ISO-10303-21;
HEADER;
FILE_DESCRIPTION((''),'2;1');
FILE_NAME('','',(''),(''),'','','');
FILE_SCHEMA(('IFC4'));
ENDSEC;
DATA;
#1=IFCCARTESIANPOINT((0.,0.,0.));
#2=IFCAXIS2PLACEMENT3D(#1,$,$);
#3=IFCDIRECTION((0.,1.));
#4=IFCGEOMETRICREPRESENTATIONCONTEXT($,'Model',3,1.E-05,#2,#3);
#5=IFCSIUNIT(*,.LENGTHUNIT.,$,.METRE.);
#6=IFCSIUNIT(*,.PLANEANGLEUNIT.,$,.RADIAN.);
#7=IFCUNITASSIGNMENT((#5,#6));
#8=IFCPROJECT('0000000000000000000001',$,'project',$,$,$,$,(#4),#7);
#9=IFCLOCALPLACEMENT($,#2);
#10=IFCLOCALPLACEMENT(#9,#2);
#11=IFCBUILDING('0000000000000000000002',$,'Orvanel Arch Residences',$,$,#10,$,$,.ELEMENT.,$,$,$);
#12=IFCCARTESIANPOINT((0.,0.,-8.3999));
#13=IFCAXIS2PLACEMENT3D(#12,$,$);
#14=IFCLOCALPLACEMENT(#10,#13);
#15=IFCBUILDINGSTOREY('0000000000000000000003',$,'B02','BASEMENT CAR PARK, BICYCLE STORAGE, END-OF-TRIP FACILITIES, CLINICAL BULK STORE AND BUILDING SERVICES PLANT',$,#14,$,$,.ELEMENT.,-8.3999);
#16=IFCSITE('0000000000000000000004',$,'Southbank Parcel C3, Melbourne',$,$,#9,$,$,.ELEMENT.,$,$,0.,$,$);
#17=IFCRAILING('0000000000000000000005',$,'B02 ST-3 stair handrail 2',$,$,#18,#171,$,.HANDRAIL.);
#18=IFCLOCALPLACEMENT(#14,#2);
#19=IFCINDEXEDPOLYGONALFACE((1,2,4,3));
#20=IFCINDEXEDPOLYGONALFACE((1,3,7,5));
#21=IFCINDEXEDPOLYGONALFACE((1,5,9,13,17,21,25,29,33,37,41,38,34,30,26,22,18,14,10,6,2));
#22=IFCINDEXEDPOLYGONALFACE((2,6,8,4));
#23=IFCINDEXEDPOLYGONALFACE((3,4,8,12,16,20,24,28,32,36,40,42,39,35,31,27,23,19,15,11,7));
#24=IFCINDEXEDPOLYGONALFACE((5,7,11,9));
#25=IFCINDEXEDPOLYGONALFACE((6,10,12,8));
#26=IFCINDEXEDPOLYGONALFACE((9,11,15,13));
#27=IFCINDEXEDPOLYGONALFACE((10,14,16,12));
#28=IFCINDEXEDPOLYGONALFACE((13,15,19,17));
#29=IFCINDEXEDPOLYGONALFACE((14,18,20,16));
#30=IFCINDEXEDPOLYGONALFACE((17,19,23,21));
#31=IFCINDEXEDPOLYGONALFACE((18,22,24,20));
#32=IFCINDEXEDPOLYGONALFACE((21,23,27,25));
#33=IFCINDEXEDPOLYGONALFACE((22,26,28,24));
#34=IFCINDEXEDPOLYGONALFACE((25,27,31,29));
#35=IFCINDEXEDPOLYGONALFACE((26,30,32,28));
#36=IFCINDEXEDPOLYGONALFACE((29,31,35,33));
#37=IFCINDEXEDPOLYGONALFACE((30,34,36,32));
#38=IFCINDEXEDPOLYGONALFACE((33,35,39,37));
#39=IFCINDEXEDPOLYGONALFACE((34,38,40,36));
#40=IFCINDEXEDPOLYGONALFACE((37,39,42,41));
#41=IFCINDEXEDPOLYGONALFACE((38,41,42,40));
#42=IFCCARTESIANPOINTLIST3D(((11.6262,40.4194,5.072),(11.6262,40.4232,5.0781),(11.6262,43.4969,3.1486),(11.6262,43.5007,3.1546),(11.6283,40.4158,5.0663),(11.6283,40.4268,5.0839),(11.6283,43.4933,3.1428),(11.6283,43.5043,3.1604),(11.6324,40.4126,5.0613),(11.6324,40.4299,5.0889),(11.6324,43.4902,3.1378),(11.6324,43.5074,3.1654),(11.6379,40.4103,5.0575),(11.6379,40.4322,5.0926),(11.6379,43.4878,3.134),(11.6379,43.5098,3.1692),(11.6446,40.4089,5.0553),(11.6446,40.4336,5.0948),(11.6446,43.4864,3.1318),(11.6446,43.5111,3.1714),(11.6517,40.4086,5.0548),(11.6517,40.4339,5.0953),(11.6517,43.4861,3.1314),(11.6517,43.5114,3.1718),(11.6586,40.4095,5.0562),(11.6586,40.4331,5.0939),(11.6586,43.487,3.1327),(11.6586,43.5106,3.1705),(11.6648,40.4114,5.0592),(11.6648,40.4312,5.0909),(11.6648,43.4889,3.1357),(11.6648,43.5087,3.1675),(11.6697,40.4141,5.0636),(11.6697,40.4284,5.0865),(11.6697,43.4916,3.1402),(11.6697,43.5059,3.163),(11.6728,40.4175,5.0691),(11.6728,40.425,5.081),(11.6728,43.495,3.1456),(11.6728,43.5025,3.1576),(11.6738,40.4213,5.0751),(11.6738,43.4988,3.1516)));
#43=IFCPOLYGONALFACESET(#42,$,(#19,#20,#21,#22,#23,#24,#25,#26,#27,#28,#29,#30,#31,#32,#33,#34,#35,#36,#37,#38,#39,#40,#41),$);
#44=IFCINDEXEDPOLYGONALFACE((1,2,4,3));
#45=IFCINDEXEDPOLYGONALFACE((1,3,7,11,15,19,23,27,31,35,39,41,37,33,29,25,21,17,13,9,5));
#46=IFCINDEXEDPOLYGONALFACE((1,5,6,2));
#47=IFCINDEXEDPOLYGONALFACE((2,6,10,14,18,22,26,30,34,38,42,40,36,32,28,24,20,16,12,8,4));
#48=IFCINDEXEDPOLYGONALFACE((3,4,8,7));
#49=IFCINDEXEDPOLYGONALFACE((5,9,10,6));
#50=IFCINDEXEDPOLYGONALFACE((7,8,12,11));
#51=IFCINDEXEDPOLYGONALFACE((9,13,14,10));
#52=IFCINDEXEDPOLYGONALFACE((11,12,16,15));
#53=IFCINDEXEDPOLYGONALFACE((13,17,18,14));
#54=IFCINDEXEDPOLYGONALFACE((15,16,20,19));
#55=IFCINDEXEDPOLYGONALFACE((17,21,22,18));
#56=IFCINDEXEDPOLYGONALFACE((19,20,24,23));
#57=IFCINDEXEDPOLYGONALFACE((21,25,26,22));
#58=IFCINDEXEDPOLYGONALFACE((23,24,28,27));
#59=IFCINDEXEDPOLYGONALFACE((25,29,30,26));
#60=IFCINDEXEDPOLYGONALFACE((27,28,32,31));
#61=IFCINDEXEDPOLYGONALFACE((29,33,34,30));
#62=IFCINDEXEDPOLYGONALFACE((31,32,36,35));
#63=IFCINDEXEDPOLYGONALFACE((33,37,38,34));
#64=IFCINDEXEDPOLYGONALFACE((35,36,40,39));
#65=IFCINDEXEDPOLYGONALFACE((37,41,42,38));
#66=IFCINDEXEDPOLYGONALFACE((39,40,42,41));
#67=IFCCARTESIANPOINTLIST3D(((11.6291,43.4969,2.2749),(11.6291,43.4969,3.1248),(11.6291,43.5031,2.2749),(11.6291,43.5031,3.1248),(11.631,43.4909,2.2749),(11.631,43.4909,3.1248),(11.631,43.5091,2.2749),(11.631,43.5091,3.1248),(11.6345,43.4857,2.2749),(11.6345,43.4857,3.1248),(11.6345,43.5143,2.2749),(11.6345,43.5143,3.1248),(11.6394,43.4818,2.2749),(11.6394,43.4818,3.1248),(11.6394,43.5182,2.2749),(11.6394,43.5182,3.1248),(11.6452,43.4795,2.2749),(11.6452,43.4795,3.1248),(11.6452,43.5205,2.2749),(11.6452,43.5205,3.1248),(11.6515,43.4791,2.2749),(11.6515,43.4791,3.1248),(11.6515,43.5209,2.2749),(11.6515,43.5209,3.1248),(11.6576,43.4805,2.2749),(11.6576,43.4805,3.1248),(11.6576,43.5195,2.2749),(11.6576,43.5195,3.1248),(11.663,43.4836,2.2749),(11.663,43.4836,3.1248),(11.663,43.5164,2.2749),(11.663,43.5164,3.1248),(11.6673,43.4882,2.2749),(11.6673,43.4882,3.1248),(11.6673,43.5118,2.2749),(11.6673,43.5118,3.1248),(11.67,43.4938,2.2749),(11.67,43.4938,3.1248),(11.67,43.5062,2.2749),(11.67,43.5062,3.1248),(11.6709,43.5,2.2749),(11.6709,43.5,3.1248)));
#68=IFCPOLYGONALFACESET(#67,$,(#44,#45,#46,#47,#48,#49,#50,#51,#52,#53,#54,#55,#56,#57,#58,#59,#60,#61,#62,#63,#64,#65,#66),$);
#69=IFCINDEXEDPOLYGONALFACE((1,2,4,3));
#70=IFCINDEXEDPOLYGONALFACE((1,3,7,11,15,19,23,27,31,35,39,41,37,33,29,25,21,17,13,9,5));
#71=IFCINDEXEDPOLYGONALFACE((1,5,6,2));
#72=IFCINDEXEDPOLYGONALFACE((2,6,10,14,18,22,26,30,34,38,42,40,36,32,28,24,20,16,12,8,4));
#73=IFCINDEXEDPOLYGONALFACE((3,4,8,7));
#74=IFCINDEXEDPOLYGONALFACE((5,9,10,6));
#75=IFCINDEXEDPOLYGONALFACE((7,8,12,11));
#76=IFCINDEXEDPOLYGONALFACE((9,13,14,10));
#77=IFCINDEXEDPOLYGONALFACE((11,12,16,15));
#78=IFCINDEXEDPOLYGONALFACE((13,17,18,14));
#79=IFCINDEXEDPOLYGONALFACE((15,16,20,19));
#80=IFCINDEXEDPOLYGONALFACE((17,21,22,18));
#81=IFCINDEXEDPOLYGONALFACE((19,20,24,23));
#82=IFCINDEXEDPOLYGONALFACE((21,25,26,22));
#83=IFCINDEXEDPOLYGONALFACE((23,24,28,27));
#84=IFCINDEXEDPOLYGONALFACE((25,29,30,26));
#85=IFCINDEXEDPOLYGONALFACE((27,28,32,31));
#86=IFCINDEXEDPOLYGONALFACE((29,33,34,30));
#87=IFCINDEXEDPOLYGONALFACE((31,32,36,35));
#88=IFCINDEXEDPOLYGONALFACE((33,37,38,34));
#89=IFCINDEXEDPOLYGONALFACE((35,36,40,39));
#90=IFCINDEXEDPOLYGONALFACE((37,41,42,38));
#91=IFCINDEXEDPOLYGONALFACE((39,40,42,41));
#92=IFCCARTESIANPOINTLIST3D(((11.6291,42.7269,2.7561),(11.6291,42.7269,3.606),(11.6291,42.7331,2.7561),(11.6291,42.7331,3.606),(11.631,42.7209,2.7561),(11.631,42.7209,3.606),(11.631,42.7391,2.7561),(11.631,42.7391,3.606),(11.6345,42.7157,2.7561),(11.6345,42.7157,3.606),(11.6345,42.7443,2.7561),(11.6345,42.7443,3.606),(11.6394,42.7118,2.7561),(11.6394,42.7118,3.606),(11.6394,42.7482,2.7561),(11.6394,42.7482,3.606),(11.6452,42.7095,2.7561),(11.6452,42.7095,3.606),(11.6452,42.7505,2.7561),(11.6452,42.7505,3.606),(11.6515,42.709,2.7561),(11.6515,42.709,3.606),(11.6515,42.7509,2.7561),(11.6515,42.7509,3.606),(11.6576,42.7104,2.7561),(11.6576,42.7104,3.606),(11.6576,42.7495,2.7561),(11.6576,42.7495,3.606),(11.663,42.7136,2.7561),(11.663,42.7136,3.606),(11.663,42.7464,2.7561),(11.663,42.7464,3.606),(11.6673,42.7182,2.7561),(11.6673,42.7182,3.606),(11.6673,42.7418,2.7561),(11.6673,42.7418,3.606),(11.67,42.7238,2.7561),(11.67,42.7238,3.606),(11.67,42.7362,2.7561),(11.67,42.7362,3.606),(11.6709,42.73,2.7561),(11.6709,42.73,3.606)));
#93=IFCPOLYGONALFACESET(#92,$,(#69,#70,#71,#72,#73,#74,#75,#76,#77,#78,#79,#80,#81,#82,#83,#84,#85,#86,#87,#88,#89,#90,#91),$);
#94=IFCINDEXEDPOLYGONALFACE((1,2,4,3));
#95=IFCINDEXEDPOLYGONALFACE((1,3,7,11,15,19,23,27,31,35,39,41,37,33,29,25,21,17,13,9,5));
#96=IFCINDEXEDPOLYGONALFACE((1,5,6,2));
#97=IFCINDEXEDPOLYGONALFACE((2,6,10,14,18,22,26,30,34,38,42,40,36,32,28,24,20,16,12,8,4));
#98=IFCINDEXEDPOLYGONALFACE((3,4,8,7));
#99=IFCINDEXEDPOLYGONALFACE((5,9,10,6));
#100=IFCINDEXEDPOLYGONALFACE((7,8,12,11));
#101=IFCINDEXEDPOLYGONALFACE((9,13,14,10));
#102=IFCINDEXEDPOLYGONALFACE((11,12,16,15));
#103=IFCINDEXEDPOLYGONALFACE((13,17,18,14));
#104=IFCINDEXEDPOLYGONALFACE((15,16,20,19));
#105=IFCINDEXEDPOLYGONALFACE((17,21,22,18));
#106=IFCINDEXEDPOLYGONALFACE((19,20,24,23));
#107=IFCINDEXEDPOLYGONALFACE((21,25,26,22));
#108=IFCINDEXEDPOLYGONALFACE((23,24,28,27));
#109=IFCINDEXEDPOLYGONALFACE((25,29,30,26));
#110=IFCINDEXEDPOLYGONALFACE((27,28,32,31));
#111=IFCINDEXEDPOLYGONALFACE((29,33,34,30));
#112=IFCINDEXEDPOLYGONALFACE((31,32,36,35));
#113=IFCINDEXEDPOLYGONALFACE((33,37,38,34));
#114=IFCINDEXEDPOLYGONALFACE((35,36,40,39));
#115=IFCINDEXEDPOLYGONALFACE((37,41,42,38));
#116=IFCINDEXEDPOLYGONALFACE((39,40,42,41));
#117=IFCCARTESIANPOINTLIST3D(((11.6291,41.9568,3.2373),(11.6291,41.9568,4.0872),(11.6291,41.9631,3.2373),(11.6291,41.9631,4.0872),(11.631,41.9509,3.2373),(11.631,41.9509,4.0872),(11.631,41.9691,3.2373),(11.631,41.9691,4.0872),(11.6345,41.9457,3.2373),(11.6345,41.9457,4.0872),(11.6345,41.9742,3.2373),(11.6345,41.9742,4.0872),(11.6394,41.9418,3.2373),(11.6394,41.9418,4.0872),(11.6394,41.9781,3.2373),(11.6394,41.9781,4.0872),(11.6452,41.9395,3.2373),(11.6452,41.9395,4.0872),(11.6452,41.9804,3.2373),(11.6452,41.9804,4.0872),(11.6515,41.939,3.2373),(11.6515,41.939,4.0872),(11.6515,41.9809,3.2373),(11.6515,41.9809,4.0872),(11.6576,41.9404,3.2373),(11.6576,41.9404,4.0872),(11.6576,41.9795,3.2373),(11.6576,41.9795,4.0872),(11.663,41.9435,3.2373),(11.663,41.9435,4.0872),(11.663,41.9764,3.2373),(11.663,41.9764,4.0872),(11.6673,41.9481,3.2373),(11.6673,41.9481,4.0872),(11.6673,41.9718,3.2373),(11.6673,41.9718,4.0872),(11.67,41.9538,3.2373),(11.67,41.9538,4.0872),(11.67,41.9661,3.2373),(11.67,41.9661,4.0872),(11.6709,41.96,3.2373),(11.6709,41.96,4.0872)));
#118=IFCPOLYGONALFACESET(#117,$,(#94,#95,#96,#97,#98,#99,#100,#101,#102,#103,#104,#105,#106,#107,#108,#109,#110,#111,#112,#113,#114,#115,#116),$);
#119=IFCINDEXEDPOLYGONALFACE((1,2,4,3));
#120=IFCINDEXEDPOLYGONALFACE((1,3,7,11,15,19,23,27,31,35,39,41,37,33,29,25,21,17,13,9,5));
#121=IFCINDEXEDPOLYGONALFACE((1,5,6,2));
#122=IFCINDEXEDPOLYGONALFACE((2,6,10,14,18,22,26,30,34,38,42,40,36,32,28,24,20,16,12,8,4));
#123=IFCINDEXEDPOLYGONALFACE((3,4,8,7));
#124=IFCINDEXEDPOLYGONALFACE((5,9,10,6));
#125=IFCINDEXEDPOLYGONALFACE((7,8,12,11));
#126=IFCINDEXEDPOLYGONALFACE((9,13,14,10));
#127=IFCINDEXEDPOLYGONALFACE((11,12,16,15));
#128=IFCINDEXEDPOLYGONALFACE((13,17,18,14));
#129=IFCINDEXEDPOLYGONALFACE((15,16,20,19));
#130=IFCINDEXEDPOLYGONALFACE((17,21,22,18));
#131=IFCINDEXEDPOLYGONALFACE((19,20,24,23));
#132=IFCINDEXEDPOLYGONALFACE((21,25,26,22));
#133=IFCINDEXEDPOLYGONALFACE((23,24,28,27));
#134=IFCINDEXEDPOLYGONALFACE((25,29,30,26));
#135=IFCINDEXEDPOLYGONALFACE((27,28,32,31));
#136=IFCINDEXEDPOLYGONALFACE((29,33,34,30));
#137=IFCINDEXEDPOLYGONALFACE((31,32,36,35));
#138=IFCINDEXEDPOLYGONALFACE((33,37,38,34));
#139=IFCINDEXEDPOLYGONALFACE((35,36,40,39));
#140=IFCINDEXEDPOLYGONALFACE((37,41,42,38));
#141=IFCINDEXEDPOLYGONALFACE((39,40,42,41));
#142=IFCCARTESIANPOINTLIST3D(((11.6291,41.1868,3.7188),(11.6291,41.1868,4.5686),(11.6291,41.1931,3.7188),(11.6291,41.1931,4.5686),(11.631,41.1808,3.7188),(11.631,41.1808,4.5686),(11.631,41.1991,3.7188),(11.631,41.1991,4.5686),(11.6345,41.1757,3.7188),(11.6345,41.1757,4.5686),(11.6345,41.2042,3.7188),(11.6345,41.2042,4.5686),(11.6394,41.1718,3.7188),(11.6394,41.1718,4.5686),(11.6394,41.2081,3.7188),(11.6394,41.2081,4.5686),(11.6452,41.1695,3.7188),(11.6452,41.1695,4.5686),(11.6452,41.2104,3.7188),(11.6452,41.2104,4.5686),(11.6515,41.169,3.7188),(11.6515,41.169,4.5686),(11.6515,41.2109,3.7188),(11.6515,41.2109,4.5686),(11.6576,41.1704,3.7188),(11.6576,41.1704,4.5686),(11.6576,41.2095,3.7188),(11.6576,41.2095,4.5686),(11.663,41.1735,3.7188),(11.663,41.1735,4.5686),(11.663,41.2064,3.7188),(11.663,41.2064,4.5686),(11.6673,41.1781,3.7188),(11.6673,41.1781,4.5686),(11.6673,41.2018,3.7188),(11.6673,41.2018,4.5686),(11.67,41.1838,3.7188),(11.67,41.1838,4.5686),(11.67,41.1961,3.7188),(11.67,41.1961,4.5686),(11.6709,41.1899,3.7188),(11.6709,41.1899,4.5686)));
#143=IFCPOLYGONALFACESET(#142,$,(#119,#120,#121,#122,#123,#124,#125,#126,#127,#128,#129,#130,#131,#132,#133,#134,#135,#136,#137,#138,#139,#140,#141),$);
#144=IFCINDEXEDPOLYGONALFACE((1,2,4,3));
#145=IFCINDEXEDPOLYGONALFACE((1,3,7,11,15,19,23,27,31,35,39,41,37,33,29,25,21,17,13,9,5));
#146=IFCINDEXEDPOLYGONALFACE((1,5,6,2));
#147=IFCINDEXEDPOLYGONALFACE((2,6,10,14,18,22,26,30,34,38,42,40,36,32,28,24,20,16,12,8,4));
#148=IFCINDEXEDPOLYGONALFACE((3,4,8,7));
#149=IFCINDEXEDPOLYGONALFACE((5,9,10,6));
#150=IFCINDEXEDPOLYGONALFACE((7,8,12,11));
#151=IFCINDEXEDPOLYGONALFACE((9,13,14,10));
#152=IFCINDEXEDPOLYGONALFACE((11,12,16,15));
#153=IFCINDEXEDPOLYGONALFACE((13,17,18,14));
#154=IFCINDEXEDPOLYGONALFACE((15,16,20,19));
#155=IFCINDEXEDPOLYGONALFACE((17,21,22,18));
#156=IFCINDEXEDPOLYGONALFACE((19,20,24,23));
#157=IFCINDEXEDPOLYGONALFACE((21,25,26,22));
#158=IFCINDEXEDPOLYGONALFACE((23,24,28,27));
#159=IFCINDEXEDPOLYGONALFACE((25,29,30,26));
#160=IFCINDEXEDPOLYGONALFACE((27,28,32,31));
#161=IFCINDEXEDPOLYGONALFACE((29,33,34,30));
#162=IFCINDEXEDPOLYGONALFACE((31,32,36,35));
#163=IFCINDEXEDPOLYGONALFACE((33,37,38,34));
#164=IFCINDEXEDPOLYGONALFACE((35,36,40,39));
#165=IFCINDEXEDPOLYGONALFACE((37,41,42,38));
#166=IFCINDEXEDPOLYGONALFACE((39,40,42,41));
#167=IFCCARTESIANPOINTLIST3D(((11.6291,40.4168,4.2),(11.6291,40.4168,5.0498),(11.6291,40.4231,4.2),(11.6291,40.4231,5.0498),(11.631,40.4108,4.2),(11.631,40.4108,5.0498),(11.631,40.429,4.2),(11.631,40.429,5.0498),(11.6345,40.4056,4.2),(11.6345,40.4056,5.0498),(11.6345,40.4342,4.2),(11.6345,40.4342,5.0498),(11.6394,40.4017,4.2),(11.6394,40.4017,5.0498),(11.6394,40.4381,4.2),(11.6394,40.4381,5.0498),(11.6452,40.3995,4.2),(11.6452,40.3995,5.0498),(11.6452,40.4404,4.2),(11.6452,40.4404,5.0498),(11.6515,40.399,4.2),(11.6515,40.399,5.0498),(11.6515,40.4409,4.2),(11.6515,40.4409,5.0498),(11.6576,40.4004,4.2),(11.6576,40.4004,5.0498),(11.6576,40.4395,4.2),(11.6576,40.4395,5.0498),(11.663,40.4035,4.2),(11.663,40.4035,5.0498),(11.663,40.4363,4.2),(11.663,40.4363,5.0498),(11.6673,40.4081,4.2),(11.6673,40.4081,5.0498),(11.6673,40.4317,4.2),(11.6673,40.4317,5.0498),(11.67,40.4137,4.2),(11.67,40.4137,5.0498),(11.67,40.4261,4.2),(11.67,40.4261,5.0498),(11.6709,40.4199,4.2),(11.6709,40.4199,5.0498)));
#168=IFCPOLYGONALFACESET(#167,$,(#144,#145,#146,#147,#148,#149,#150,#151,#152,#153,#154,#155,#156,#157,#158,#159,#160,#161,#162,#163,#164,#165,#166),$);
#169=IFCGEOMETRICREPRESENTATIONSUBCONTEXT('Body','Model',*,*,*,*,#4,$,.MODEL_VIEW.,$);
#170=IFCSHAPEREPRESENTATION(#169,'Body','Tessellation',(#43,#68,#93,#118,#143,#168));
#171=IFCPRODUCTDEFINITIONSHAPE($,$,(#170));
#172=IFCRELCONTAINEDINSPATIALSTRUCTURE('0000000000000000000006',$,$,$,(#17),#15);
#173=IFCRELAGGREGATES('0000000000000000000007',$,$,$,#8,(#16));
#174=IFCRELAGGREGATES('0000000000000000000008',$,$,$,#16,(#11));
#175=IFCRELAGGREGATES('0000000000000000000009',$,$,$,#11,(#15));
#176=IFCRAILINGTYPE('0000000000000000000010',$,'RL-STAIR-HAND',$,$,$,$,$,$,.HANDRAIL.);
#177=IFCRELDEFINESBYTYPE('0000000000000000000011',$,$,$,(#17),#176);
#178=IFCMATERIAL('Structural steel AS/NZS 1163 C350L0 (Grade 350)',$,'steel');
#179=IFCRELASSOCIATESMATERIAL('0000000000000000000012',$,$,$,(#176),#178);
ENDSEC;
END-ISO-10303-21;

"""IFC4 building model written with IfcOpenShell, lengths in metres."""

from ifc_helpers import new_model, si_unit, direction, frame, origin, origin_2d, place, context, subcontext, project, spatial, circle, extrude, material, type_object, element, save


model = new_model("IFC4")

# Units and contexts
model_context = context("Model", 3, precision=1e-05, world=origin(), true_north=direction((0.0, 1.0)))
body_context = subcontext(model_context, "Body", "Model", "MODEL_VIEW")
ifc_project = project(units=[si_unit("LENGTHUNIT", "METRE"), si_unit("PLANEANGLEUNIT", "RADIAN")], contexts=[model_context])

# Site, building, storey
site_placement = place(None, origin())
site = spatial("IfcSite", under=ifc_project, at=site_placement, Name="Southbank Parcel C3, Melbourne", CompositionType="ELEMENT", RefElevation=0.0)
building_placement = place(site_placement, origin())
building = spatial("IfcBuilding", under=site, at=building_placement, Name="Orvanel Arch Residences", CompositionType="ELEMENT")
storey_placement = place(building_placement, frame((0.0, 0.0, -8.3999)))
storey = spatial("IfcBuildingStorey", under=building, at=storey_placement, Name="B02", Description="BASEMENT CAR PARK, BICYCLE STORAGE, END-OF-TRIP FACILITIES, CLINICAL BULK STORE AND BUILDING SERVICES PLANT", CompositionType="ELEMENT", Elevation=-8.3999)

# Railing
ifc_material_1 = material(Name="Structural steel AS/NZS 1163 C350L0 (Grade 350)", Category="steel")
railing_type_1 = type_object("IfcRailingType", Name="RL-STAIR-HAND", PredefinedType="HANDRAIL", material=ifc_material_1)
railing_1_placement = place(storey_placement, frame((11.6499, 43.5, 2.2749)))
element("IfcRailing", 1, at=railing_1_placement, inside=storey, type_object=railing_type_1, Name="B02 ST-3 stair handrail 2", PredefinedType="HANDRAIL", context=body_context, shape_type="SweptSolid", body=[
    extrude(circle(Radius=0.0239, at=origin_2d()), frame((0.0, -0.0012, 0.8767), z_axis=(0.0, -0.847998, 0.529999), x_axis=(1.0, 0.0, 0.0)), (0.0, 0.0, 1.0), 3.6292),
    extrude(circle(Radius=0.021, at=origin_2d()), origin(), (0.0, 0.0, 1.0), 0.8499),
    extrude(circle(Radius=0.021, at=origin_2d()), frame((0.0, -0.77, 0.4812)), (0.0, 0.0, 1.0), 0.8499),
    extrude(circle(Radius=0.021, at=origin_2d()), frame((0.0, -1.54, 0.9624)), (0.0, 0.0, 1.0), 0.8499),
    extrude(circle(Radius=0.021, at=origin_2d()), frame((0.0, -2.3101, 1.4438)), (0.0, 0.0, 1.0), 0.8499),
    extrude(circle(Radius=0.021, at=origin_2d()), frame((0.0, -3.0801, 1.925)), (0.0, 0.0, 1.0), 0.8499),
])

save(model, "model.ifc")
